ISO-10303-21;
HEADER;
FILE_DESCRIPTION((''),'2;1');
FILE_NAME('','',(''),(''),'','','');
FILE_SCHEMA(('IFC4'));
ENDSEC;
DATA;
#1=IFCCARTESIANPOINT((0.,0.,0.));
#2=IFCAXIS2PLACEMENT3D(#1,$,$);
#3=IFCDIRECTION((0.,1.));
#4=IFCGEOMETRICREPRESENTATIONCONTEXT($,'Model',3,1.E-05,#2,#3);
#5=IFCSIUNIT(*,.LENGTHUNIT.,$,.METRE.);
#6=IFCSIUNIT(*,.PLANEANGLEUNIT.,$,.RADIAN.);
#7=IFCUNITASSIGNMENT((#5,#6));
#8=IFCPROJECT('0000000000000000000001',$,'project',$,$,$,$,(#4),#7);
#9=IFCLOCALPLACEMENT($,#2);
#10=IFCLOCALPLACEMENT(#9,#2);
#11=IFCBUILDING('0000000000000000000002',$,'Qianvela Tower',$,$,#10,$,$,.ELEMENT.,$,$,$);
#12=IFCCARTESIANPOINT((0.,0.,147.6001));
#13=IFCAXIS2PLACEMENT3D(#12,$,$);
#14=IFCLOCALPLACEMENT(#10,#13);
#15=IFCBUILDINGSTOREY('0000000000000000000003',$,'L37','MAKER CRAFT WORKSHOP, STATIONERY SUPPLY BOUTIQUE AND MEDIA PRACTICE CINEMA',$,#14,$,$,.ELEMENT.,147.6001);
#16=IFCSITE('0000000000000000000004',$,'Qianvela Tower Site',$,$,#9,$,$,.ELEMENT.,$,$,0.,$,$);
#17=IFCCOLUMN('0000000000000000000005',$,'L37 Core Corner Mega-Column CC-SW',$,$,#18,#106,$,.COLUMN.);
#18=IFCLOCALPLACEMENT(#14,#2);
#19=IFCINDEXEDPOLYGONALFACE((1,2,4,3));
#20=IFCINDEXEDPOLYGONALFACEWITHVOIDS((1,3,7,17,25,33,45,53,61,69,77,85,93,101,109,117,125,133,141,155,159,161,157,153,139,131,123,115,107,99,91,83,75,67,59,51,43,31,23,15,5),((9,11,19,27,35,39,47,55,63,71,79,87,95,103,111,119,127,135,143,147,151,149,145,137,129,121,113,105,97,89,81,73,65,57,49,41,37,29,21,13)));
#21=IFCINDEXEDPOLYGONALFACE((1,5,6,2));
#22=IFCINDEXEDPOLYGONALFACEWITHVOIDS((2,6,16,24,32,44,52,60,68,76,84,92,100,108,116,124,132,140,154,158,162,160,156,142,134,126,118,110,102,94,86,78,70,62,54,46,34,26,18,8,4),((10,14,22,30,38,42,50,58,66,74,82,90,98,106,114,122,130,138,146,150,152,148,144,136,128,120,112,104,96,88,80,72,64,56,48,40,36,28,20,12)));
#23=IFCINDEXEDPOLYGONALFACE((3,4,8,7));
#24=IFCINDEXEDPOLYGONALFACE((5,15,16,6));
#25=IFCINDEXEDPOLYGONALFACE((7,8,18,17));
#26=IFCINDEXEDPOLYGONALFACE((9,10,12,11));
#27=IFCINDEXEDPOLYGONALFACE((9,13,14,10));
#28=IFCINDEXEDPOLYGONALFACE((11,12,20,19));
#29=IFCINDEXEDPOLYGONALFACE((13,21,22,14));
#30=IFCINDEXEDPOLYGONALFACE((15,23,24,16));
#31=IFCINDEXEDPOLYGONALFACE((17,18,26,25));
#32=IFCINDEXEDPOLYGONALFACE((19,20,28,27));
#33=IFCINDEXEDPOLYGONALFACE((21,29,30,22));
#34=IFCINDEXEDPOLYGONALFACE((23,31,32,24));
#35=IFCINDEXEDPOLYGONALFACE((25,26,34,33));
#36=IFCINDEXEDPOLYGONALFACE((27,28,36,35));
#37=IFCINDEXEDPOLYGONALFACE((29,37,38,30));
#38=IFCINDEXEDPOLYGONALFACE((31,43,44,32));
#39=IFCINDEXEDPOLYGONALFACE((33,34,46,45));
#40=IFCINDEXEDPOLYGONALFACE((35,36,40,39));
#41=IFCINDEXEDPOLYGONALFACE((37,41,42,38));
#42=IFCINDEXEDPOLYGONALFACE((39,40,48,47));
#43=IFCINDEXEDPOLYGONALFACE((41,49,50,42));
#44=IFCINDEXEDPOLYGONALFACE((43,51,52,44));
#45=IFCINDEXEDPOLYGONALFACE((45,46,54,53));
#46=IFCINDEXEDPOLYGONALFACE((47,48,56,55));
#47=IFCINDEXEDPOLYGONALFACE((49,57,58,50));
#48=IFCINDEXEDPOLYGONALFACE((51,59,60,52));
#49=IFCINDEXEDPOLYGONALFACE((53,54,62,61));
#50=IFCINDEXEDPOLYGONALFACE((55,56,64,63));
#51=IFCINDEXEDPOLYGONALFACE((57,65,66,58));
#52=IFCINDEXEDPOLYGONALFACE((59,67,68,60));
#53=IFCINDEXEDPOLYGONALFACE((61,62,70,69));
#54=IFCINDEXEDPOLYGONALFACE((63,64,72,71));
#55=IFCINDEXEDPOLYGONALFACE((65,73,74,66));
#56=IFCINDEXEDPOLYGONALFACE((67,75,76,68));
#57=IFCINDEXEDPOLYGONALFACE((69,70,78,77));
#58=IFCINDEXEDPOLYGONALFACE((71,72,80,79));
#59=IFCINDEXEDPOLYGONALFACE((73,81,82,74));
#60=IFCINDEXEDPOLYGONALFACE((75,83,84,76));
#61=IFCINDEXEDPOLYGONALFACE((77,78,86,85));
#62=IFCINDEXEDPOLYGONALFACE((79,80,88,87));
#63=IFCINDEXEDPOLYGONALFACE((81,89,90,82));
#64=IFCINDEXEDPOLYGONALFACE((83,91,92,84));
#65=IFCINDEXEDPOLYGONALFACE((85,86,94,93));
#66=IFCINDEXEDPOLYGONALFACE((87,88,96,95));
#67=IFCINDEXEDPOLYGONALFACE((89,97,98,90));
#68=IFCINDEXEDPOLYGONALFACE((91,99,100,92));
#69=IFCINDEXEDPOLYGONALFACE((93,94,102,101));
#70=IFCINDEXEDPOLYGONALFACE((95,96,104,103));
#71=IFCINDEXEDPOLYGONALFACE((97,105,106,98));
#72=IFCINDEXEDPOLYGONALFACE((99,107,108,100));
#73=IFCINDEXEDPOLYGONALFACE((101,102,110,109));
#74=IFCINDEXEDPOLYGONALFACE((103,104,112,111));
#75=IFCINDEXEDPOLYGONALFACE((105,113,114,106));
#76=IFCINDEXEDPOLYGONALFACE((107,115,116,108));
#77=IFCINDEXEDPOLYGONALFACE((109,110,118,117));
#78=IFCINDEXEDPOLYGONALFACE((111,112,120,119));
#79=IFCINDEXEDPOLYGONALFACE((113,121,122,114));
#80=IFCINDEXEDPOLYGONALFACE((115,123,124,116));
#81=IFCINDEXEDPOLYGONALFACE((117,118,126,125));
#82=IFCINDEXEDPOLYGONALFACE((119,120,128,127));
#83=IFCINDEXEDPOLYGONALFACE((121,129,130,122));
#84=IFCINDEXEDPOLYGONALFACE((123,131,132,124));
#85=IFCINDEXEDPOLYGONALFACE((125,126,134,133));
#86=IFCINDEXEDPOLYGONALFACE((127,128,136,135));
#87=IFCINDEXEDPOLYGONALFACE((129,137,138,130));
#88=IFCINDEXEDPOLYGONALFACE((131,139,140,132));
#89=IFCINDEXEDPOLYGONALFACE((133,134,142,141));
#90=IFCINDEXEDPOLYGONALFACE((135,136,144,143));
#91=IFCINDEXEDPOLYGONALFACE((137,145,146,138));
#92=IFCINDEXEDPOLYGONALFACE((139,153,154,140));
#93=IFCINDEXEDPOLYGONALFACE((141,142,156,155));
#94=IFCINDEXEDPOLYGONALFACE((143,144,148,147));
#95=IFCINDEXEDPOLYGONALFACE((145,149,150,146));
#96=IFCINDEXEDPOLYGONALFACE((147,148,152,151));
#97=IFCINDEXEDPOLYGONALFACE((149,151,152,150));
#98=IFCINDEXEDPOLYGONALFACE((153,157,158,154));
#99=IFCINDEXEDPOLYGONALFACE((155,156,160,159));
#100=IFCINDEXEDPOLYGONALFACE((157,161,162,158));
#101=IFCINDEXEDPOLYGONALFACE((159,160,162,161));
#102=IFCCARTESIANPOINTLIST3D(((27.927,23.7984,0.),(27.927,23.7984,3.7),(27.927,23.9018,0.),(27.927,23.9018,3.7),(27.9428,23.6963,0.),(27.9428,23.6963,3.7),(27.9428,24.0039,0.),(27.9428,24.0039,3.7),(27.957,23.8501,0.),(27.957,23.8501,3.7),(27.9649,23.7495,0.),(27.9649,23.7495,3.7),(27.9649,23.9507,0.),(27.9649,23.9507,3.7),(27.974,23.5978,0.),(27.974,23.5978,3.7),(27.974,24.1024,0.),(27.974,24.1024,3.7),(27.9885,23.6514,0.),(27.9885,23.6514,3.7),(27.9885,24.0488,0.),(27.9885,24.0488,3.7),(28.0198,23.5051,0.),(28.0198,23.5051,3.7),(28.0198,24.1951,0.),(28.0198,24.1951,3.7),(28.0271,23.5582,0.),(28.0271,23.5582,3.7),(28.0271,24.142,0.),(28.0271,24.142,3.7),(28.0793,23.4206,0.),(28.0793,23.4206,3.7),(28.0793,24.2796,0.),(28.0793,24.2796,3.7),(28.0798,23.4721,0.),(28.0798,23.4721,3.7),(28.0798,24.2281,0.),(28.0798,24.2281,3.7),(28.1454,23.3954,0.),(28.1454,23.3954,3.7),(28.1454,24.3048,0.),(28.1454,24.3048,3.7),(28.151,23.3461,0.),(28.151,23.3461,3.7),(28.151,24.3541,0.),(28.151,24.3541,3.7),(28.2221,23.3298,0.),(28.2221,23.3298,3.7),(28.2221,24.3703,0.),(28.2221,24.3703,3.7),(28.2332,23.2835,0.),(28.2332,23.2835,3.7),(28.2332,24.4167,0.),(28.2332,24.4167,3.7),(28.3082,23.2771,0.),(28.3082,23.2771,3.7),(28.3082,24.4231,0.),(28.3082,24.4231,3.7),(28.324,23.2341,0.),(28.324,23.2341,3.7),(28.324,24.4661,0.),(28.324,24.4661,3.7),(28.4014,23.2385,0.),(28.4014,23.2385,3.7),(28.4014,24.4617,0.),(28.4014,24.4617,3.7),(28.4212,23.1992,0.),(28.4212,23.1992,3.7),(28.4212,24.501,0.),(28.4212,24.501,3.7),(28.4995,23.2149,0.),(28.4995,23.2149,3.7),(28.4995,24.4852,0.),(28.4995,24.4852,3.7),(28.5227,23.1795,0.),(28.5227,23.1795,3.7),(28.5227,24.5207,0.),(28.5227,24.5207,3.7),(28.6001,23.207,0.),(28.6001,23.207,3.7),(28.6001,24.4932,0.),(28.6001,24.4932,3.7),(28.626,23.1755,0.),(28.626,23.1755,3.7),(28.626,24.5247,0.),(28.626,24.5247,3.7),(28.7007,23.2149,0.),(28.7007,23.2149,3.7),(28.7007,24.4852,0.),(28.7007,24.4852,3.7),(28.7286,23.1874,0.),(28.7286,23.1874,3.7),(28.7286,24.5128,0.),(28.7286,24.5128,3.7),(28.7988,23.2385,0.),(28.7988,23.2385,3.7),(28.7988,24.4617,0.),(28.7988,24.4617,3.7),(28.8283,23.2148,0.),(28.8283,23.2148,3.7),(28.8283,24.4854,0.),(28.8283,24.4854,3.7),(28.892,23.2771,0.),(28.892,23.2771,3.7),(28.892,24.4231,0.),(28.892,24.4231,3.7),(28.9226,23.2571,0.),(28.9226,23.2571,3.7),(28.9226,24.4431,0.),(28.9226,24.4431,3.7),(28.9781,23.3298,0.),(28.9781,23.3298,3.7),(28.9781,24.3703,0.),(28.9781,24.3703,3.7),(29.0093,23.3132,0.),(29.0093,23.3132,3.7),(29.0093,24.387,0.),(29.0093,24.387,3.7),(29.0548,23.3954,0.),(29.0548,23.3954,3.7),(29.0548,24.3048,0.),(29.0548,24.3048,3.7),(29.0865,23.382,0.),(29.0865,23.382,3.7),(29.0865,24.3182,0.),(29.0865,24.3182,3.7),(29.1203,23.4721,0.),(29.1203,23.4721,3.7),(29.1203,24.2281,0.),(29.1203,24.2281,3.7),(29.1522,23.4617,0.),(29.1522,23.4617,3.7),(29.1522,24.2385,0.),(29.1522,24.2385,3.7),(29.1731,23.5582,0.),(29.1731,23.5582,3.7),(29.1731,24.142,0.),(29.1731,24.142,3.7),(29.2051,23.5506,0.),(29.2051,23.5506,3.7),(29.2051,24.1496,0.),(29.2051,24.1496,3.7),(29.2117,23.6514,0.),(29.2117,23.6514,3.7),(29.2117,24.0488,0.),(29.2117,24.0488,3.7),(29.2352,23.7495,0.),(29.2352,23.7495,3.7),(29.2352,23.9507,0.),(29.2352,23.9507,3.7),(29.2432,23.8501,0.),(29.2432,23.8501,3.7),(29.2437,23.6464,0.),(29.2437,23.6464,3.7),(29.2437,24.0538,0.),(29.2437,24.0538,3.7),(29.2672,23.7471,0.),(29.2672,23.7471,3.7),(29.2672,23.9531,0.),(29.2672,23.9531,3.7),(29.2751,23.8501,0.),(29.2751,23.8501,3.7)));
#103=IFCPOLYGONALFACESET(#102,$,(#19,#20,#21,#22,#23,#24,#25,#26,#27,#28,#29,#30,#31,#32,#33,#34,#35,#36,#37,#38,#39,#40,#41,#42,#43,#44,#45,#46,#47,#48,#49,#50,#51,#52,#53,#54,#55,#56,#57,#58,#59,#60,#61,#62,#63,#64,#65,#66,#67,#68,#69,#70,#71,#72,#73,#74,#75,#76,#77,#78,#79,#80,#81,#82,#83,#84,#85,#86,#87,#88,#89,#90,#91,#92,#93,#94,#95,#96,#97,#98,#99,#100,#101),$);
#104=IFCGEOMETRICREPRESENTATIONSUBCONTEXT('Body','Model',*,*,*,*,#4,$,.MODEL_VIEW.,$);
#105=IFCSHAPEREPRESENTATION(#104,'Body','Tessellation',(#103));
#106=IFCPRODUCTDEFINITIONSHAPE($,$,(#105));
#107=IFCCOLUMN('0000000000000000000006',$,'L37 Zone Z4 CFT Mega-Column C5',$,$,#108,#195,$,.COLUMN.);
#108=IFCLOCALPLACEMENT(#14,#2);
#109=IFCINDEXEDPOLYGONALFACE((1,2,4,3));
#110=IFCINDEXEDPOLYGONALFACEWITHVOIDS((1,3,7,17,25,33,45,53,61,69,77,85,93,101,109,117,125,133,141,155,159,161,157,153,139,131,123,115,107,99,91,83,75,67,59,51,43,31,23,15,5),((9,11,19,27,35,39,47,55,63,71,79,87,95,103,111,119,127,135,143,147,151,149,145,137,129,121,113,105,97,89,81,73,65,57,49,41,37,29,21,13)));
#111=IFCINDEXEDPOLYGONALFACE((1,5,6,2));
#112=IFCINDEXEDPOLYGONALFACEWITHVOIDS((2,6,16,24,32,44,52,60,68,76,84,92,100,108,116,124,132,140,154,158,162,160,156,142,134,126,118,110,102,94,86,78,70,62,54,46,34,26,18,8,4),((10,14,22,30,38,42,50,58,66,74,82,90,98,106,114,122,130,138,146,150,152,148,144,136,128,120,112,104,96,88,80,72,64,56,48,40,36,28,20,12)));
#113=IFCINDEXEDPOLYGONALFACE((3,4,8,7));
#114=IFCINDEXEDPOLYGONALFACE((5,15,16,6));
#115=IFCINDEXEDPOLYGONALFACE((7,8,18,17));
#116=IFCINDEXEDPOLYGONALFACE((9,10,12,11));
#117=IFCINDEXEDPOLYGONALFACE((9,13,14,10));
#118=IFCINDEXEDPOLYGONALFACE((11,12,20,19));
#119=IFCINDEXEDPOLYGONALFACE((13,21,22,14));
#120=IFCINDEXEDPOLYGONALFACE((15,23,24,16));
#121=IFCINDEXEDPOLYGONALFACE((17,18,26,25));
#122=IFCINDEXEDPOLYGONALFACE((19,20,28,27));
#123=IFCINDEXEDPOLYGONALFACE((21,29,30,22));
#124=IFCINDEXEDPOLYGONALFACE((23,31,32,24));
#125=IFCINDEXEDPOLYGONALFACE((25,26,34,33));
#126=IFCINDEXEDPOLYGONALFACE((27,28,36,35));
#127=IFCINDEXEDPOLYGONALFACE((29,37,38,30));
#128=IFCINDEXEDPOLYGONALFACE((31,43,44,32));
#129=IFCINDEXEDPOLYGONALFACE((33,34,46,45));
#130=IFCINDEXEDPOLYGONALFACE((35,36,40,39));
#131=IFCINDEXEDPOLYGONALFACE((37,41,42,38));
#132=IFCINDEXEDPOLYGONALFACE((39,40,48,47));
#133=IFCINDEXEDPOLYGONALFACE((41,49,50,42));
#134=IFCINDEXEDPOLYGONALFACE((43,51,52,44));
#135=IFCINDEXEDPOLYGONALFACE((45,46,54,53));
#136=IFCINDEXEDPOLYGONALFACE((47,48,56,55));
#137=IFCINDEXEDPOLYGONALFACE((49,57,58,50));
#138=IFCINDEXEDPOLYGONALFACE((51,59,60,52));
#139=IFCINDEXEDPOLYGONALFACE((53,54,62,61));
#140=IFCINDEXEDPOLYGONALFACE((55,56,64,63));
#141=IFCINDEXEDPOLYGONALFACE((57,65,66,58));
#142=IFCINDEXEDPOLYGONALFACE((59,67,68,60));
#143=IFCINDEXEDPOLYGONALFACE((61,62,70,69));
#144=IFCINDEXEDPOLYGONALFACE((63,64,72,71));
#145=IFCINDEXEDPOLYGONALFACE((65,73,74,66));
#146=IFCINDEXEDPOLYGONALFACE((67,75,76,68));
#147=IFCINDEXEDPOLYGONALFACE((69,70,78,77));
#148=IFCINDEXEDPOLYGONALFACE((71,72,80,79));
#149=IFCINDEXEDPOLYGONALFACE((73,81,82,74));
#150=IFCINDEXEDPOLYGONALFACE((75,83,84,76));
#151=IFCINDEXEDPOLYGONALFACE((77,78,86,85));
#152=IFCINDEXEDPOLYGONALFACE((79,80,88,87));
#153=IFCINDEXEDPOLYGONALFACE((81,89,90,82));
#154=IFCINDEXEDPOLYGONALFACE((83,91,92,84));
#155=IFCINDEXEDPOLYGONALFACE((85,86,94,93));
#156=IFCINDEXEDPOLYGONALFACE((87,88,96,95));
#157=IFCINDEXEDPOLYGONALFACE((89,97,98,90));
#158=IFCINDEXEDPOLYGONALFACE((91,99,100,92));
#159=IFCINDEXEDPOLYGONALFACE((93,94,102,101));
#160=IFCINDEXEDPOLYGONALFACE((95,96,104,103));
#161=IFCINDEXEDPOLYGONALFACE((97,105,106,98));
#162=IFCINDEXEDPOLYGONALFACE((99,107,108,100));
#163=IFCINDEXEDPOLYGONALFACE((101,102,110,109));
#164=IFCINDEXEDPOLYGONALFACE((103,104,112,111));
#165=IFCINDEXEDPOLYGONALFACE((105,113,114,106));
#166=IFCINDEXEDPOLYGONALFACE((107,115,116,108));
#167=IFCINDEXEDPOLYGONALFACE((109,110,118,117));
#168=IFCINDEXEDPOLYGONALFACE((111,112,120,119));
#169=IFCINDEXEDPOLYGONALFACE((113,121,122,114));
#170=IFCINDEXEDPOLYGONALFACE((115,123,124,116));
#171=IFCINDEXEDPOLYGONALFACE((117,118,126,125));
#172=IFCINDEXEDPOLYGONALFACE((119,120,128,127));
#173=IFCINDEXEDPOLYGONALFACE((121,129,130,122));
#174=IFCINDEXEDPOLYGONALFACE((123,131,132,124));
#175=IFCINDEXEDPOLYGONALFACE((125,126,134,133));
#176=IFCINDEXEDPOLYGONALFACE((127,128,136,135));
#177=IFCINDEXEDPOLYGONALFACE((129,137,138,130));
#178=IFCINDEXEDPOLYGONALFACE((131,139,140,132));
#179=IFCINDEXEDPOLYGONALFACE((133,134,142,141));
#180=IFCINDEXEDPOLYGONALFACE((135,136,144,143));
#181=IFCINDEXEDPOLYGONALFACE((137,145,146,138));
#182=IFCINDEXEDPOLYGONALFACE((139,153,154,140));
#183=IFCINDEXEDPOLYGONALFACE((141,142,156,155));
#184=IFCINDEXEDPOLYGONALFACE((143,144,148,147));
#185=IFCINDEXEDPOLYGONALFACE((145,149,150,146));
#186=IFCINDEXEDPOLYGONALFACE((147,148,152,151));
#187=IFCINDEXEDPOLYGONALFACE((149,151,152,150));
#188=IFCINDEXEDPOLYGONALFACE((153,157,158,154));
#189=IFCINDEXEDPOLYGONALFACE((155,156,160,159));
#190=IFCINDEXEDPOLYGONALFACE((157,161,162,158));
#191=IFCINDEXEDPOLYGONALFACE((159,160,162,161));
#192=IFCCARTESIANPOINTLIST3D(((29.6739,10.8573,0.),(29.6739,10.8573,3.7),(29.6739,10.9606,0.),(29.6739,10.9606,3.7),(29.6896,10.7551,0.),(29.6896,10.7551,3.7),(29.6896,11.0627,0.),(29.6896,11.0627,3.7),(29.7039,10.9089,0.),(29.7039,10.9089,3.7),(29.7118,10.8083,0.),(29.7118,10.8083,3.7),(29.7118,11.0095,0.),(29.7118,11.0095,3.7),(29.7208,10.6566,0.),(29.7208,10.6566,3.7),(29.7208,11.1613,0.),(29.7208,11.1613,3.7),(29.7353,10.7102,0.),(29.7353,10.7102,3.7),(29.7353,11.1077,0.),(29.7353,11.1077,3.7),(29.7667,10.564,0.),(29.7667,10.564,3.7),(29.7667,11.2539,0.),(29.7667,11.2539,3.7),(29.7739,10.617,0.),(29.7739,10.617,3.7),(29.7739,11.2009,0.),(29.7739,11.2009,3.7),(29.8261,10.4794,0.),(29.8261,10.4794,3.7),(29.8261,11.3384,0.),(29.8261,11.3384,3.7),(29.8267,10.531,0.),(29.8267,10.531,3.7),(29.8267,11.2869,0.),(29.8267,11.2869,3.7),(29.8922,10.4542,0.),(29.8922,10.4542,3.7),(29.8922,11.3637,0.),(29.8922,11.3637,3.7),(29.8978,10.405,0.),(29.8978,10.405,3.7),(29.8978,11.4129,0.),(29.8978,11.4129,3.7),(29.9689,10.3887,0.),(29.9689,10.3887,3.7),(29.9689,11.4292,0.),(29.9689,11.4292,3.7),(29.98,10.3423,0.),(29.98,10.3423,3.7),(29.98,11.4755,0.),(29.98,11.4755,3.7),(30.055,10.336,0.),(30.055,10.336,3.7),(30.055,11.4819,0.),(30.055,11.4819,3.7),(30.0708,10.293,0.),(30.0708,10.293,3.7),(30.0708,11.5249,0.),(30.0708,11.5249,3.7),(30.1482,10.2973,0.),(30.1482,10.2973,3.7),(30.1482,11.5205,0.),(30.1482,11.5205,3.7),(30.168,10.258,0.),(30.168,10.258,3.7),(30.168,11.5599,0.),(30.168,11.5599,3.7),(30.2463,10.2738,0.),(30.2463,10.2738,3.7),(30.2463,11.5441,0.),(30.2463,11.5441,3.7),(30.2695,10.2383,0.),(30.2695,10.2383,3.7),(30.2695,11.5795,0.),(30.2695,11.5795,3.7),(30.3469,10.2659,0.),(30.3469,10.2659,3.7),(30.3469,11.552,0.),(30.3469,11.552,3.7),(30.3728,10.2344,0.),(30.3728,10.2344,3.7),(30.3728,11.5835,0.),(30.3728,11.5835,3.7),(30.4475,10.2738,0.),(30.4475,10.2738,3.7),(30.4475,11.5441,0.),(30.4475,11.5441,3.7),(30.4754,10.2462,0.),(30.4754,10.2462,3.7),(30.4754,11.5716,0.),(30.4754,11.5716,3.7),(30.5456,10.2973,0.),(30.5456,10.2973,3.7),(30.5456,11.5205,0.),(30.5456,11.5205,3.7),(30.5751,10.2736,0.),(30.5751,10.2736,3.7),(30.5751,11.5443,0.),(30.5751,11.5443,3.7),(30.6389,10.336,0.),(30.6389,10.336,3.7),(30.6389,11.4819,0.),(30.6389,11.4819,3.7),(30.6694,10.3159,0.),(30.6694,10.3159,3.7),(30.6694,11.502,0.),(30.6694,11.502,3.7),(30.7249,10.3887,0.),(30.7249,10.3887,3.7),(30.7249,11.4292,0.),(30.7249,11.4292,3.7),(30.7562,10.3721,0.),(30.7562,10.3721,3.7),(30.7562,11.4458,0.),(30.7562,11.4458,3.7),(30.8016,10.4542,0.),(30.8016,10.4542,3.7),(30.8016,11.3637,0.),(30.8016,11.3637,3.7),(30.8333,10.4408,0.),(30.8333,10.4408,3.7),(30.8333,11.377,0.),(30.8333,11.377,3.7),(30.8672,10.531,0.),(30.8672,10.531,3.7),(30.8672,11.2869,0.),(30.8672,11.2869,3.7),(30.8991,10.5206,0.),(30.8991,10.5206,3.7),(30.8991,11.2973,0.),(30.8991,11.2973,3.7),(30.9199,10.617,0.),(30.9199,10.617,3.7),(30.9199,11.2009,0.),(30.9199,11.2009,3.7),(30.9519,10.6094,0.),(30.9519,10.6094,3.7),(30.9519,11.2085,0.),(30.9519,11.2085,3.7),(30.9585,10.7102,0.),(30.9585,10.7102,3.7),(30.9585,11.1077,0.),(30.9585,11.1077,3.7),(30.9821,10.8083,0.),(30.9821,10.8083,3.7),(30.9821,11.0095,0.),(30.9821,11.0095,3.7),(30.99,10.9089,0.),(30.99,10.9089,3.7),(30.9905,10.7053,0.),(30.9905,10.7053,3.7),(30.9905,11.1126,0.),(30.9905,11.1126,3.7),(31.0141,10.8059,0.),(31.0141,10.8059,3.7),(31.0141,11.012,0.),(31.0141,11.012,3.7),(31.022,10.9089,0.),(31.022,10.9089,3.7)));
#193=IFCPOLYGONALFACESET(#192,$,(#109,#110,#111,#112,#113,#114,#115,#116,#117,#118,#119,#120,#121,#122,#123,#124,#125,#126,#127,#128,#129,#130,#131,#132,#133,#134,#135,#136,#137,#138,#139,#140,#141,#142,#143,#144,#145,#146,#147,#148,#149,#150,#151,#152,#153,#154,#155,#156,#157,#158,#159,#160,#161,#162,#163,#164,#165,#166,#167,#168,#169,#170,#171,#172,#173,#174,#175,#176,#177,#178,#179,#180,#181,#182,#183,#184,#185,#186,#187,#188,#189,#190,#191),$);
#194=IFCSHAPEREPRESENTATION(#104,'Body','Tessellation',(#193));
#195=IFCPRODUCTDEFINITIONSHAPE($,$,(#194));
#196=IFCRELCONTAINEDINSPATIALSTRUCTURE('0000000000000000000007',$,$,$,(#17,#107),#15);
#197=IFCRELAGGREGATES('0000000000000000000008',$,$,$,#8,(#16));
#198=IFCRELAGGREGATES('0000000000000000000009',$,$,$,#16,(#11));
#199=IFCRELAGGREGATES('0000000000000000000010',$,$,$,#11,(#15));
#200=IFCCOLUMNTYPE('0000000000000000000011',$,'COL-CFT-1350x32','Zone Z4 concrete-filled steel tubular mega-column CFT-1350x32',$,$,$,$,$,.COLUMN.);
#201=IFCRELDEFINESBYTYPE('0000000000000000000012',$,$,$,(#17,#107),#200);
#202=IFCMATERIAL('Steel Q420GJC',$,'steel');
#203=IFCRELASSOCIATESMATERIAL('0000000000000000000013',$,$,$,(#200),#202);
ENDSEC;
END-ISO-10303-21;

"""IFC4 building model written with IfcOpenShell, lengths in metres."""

from ifc_helpers import new_model, si_unit, direction, frame, origin, origin_2d, place, context, subcontext, project, spatial, hollow_circle, extrude, material, material_profile, profile_set, type_object, element, save


model = new_model("IFC4")

# Units and contexts
model_context = context("Model", 3, precision=1e-05, world=origin(), true_north=direction((0.0, 1.0)))
body_context = subcontext(model_context, "Body", "Model", "MODEL_VIEW")
ifc_project = project(units=[si_unit("LENGTHUNIT", "METRE"), si_unit("PLANEANGLEUNIT", "RADIAN")], contexts=[model_context])

# Site, building, storey
site_placement = place(None, origin())
site = spatial("IfcSite", under=ifc_project, at=site_placement, Name="Qianvela Tower Site", CompositionType="ELEMENT", RefElevation=0.0)
building_placement = place(site_placement, origin())
building = spatial("IfcBuilding", under=site, at=building_placement, Name="Qianvela Tower", CompositionType="ELEMENT")
storey_placement = place(building_placement, frame((0.0, 0.0, 147.6001)))
storey = spatial("IfcBuildingStorey", under=building, at=storey_placement, Name="L37", Description="MAKER CRAFT WORKSHOP, STATIONERY SUPPLY BOUTIQUE AND MEDIA PRACTICE CINEMA", CompositionType="ELEMENT", Elevation=147.6001)

# Columns
ifc_material_1 = material(Name="Steel Q420GJC", Category="steel")
ifc_material_profile_1 = material_profile(ifc_material_1, hollow_circle(Radius=0.675, WallThickness=0.032, at=origin_2d()), Name="CFT-1350x32")
ifc_profile_set_1 = profile_set([ifc_material_profile_1], Name="Steel Q420GJC")
column_type = type_object("IfcColumnType", Name="COL-CFT-1350x32", Description="Zone Z4 concrete-filled steel tubular mega-column CFT-1350x32", PredefinedType="COLUMN", material=ifc_profile_set_1)
for number, where, z_axis, x_axis, name in (
    (1, (28.6001, 23.8501, 0.0), (0.0, 0.0, 1.0), (1.0, 0.0, 0.0), "L37 Core Corner Mega-Column CC-SW"),
    (2, (30.3469, 10.9089, 0.0), (0.0, 0.0, 1.0), (1.0, 0.0, 0.0), "L37 Zone Z4 CFT Mega-Column C5"),
):
    element("IfcColumn", number, at=place(storey_placement, frame(where, z_axis=z_axis, x_axis=x_axis)), inside=storey, type_object=column_type, Name=name, PredefinedType="COLUMN", context=body_context, shape_type="SweptSolid", body=[
        extrude(hollow_circle(Radius=0.675, WallThickness=0.032, at=origin_2d()), origin(), (0.0, 0.0, 1.0), 3.7),
    ])

save(model, "model.ifc")
